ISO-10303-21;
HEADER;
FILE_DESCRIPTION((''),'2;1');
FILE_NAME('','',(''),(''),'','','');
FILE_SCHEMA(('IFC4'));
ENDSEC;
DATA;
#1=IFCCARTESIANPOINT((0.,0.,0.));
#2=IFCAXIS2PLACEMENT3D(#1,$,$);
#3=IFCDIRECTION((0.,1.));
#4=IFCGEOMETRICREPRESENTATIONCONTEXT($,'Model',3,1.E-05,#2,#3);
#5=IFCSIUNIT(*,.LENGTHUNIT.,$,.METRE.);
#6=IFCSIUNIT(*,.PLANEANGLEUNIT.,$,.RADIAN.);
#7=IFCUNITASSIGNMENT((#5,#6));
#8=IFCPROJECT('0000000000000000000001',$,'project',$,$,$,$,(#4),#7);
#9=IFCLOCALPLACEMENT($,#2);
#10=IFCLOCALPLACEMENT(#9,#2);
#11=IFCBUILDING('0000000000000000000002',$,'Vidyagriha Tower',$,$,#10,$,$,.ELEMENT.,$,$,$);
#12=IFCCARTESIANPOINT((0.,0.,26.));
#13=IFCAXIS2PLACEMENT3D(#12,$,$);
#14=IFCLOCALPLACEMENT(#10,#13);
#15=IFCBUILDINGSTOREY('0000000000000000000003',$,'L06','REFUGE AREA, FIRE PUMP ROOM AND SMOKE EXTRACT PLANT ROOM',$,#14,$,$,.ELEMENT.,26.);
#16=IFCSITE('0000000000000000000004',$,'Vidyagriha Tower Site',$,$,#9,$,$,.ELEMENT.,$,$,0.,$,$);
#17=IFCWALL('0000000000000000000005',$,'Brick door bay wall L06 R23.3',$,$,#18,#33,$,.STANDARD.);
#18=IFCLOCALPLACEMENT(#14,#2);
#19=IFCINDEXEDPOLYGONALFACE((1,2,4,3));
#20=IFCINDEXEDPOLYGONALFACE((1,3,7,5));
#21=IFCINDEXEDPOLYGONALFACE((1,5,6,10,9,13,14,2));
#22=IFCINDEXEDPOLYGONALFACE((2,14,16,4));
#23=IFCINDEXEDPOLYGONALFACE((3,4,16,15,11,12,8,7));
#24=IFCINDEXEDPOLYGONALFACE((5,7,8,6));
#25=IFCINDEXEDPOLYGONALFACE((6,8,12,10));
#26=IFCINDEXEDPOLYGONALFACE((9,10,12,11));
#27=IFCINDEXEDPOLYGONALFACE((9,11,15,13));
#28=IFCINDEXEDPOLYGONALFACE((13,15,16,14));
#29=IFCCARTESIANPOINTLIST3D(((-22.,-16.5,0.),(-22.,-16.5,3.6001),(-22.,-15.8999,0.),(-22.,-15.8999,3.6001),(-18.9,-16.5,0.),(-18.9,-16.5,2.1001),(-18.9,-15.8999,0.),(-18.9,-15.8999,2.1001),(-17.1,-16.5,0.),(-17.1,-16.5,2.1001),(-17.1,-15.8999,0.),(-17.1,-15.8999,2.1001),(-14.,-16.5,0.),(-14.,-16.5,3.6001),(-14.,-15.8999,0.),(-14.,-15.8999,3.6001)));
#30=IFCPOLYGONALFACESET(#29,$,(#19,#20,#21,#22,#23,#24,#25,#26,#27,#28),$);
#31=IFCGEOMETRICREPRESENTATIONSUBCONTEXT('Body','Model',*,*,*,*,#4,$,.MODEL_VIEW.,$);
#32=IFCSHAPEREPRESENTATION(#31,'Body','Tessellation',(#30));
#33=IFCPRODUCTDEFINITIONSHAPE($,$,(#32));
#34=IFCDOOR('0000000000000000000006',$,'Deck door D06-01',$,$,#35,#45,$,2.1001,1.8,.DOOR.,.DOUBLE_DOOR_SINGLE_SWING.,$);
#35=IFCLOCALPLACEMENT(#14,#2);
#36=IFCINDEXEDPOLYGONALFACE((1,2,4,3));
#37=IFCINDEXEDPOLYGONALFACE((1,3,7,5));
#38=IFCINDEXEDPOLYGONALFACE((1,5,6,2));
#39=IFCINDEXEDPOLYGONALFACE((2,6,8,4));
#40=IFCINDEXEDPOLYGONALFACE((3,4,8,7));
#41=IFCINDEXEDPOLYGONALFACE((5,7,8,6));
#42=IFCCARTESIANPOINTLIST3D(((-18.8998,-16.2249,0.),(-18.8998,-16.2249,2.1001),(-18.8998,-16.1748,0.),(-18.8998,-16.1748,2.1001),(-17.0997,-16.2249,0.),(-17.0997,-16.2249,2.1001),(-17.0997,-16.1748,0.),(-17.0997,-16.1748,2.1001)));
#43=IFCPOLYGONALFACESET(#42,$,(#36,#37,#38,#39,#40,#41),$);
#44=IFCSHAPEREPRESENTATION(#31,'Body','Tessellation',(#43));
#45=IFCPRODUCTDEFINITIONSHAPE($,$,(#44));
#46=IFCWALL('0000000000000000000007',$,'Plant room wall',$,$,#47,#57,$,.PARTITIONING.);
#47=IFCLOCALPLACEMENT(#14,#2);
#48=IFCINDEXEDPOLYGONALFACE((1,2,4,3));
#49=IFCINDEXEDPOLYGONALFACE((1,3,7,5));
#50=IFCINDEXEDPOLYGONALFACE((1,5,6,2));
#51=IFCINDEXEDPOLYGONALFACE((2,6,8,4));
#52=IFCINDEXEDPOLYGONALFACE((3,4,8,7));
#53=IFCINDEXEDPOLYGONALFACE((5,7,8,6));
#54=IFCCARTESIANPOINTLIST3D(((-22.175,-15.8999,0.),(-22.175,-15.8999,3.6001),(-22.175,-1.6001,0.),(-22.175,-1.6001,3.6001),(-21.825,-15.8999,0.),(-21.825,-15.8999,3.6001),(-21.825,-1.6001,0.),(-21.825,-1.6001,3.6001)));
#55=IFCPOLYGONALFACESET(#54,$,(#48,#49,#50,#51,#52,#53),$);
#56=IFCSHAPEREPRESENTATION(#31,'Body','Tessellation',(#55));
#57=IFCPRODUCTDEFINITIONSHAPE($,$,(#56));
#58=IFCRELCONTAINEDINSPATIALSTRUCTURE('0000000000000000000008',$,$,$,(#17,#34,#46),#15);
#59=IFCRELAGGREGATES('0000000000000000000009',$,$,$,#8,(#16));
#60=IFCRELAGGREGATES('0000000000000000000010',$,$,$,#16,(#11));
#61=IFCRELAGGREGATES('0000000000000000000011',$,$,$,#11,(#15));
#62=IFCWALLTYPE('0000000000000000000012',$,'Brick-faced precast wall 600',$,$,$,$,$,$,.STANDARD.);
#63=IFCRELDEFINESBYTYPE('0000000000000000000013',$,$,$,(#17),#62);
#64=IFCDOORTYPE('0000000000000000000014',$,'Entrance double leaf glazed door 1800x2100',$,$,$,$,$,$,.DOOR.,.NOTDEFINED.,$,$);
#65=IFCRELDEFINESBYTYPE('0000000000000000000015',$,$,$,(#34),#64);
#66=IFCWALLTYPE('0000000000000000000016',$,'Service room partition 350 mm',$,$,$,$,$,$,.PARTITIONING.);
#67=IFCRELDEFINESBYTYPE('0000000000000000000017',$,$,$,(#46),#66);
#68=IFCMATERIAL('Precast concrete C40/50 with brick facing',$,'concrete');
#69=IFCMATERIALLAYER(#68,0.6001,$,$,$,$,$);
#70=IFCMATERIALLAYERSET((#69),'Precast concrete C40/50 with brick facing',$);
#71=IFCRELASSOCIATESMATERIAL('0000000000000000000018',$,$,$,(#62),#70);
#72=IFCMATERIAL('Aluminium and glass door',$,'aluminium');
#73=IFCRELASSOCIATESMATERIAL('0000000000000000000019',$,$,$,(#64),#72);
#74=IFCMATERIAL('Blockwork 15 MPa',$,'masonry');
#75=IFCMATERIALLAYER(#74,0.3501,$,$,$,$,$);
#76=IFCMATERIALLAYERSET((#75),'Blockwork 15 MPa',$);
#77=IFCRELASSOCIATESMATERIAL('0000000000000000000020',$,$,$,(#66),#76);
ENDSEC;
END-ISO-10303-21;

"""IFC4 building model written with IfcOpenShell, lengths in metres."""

from ifc_helpers import new_model, si_unit, direction, frame, frame_2d, origin, place, context, subcontext, project, spatial, rectangle, extrude, material, layer, layer_set, type_object, element, fill, save


model = new_model("IFC4")

# Units and contexts
model_context = context("Model", 3, precision=1e-05, world=origin(), true_north=direction((0.0, 1.0)))
body_context = subcontext(model_context, "Body", "Model", "MODEL_VIEW")
ifc_project = project(units=[si_unit("LENGTHUNIT", "METRE"), si_unit("PLANEANGLEUNIT", "RADIAN")], contexts=[model_context])

# Site, building, storey
site_placement = place(None, origin())
site = spatial("IfcSite", under=ifc_project, at=site_placement, Name="Vidyagriha Tower Site", CompositionType="ELEMENT", RefElevation=0.0)
building_placement = place(site_placement, origin())
building = spatial("IfcBuilding", under=site, at=building_placement, Name="Vidyagriha Tower", CompositionType="ELEMENT")
storey_placement = place(building_placement, frame((0.0, 0.0, 26.0)))
storey = spatial("IfcBuildingStorey", under=building, at=storey_placement, Name="L06", Description="REFUGE AREA, FIRE PUMP ROOM AND SMOKE EXTRACT PLANT ROOM", CompositionType="ELEMENT", Elevation=26.0)

# Shared definitions
ifc_material_1 = material(Name="Precast concrete C40/50 with brick facing", Category="concrete")
ifc_layer_1 = layer(ifc_material_1, 0.6001)
ifc_layer_set_1 = layer_set([ifc_layer_1], Name="Precast concrete C40/50 with brick facing")
wall_type_1 = type_object("IfcWallType", Name="Brick-faced precast wall 600", PredefinedType="STANDARD", material=ifc_layer_set_1)

# Wall, opening, door
wall_1_placement = place(storey_placement, frame((-22.0, -16.2, 0.0)))
wall_1 = element("IfcWall", 1, at=wall_1_placement, inside=storey, type_object=wall_type_1, Name="Brick door bay wall L06 R23.3", PredefinedType="STANDARD", context=body_context, shape_type="SweptSolid", body=[
    extrude(rectangle(XDim=8.0, YDim=0.6001, at=frame_2d((4.0, 0.0))), origin(), (0.0, 0.0, 1.0), 3.6001),
])
opening_placement = place(wall_1_placement, frame((3.1001, 0.0, 0.0)))
opening = element("IfcOpeningElement", 2, at=opening_placement, cuts=wall_1, PredefinedType="OPENING", context=body_context, shape_type="SweptSolid", body=[
    extrude(rectangle(XDim=1.8, YDim=2.1001, at=frame_2d((0.8999, 1.05))), frame((0.0, 0.3101, 0.0), z_axis=(0.0, -1.0, 0.0), x_axis=(1.0, 0.0, 0.0)), (0.0, 0.0, 1.0), 0.6201),
])
ifc_material_2 = material(Name="Aluminium and glass door", Category="aluminium")
door_type = type_object("IfcDoorType", Name="Entrance double leaf glazed door 1800x2100", OperationType="NOTDEFINED", PredefinedType="DOOR", material=ifc_material_2)
door_placement = place(opening_placement, frame((1.8, 0.0, 0.0), z_axis=(0.0, 0.0, 1.0), x_axis=(-1.0, 0.0, 0.0)))
door = element("IfcDoor", 3, at=door_placement, inside=storey, type_object=door_type, Name="Deck door D06-01", OperationType="DOUBLE_DOOR_SINGLE_SWING", OverallHeight=2.1001, OverallWidth=1.8, PredefinedType="DOOR", context=body_context, shape_type="SweptSolid", body=[
    extrude(rectangle(XDim=1.8, YDim=2.1001, at=frame_2d((0.8999, 1.05))), frame((0.0, 0.0249, 0.0), z_axis=(0.0, -1.0, 0.0), x_axis=(1.0, 0.0, 0.0)), (0.0, 0.0, 1.0), 0.05),
])
fill(opening, door)

# Wall
ifc_material_3 = material(Name="Blockwork 15 MPa", Category="masonry")
ifc_layer_2 = layer(ifc_material_3, 0.3501)
ifc_layer_set_2 = layer_set([ifc_layer_2], Name="Blockwork 15 MPa")
wall_type_2 = type_object("IfcWallType", Name="Service room partition 350 mm", PredefinedType="PARTITIONING", material=ifc_layer_set_2)
wall_2_placement = place(storey_placement, frame((-22.0, -15.8999, 0.0), z_axis=(0.0, 0.0, 1.0), x_axis=(0.0, 1.0, 0.0)))
element("IfcWall", 4, at=wall_2_placement, inside=storey, type_object=wall_type_2, Name="Plant room wall", PredefinedType="PARTITIONING", context=body_context, shape_type="SweptSolid", body=[
    extrude(rectangle(XDim=14.2998, YDim=0.3501, at=frame_2d((7.1499, 0.0))), origin(), (0.0, 0.0, 1.0), 3.6001),
])

save(model, "model.ifc")
